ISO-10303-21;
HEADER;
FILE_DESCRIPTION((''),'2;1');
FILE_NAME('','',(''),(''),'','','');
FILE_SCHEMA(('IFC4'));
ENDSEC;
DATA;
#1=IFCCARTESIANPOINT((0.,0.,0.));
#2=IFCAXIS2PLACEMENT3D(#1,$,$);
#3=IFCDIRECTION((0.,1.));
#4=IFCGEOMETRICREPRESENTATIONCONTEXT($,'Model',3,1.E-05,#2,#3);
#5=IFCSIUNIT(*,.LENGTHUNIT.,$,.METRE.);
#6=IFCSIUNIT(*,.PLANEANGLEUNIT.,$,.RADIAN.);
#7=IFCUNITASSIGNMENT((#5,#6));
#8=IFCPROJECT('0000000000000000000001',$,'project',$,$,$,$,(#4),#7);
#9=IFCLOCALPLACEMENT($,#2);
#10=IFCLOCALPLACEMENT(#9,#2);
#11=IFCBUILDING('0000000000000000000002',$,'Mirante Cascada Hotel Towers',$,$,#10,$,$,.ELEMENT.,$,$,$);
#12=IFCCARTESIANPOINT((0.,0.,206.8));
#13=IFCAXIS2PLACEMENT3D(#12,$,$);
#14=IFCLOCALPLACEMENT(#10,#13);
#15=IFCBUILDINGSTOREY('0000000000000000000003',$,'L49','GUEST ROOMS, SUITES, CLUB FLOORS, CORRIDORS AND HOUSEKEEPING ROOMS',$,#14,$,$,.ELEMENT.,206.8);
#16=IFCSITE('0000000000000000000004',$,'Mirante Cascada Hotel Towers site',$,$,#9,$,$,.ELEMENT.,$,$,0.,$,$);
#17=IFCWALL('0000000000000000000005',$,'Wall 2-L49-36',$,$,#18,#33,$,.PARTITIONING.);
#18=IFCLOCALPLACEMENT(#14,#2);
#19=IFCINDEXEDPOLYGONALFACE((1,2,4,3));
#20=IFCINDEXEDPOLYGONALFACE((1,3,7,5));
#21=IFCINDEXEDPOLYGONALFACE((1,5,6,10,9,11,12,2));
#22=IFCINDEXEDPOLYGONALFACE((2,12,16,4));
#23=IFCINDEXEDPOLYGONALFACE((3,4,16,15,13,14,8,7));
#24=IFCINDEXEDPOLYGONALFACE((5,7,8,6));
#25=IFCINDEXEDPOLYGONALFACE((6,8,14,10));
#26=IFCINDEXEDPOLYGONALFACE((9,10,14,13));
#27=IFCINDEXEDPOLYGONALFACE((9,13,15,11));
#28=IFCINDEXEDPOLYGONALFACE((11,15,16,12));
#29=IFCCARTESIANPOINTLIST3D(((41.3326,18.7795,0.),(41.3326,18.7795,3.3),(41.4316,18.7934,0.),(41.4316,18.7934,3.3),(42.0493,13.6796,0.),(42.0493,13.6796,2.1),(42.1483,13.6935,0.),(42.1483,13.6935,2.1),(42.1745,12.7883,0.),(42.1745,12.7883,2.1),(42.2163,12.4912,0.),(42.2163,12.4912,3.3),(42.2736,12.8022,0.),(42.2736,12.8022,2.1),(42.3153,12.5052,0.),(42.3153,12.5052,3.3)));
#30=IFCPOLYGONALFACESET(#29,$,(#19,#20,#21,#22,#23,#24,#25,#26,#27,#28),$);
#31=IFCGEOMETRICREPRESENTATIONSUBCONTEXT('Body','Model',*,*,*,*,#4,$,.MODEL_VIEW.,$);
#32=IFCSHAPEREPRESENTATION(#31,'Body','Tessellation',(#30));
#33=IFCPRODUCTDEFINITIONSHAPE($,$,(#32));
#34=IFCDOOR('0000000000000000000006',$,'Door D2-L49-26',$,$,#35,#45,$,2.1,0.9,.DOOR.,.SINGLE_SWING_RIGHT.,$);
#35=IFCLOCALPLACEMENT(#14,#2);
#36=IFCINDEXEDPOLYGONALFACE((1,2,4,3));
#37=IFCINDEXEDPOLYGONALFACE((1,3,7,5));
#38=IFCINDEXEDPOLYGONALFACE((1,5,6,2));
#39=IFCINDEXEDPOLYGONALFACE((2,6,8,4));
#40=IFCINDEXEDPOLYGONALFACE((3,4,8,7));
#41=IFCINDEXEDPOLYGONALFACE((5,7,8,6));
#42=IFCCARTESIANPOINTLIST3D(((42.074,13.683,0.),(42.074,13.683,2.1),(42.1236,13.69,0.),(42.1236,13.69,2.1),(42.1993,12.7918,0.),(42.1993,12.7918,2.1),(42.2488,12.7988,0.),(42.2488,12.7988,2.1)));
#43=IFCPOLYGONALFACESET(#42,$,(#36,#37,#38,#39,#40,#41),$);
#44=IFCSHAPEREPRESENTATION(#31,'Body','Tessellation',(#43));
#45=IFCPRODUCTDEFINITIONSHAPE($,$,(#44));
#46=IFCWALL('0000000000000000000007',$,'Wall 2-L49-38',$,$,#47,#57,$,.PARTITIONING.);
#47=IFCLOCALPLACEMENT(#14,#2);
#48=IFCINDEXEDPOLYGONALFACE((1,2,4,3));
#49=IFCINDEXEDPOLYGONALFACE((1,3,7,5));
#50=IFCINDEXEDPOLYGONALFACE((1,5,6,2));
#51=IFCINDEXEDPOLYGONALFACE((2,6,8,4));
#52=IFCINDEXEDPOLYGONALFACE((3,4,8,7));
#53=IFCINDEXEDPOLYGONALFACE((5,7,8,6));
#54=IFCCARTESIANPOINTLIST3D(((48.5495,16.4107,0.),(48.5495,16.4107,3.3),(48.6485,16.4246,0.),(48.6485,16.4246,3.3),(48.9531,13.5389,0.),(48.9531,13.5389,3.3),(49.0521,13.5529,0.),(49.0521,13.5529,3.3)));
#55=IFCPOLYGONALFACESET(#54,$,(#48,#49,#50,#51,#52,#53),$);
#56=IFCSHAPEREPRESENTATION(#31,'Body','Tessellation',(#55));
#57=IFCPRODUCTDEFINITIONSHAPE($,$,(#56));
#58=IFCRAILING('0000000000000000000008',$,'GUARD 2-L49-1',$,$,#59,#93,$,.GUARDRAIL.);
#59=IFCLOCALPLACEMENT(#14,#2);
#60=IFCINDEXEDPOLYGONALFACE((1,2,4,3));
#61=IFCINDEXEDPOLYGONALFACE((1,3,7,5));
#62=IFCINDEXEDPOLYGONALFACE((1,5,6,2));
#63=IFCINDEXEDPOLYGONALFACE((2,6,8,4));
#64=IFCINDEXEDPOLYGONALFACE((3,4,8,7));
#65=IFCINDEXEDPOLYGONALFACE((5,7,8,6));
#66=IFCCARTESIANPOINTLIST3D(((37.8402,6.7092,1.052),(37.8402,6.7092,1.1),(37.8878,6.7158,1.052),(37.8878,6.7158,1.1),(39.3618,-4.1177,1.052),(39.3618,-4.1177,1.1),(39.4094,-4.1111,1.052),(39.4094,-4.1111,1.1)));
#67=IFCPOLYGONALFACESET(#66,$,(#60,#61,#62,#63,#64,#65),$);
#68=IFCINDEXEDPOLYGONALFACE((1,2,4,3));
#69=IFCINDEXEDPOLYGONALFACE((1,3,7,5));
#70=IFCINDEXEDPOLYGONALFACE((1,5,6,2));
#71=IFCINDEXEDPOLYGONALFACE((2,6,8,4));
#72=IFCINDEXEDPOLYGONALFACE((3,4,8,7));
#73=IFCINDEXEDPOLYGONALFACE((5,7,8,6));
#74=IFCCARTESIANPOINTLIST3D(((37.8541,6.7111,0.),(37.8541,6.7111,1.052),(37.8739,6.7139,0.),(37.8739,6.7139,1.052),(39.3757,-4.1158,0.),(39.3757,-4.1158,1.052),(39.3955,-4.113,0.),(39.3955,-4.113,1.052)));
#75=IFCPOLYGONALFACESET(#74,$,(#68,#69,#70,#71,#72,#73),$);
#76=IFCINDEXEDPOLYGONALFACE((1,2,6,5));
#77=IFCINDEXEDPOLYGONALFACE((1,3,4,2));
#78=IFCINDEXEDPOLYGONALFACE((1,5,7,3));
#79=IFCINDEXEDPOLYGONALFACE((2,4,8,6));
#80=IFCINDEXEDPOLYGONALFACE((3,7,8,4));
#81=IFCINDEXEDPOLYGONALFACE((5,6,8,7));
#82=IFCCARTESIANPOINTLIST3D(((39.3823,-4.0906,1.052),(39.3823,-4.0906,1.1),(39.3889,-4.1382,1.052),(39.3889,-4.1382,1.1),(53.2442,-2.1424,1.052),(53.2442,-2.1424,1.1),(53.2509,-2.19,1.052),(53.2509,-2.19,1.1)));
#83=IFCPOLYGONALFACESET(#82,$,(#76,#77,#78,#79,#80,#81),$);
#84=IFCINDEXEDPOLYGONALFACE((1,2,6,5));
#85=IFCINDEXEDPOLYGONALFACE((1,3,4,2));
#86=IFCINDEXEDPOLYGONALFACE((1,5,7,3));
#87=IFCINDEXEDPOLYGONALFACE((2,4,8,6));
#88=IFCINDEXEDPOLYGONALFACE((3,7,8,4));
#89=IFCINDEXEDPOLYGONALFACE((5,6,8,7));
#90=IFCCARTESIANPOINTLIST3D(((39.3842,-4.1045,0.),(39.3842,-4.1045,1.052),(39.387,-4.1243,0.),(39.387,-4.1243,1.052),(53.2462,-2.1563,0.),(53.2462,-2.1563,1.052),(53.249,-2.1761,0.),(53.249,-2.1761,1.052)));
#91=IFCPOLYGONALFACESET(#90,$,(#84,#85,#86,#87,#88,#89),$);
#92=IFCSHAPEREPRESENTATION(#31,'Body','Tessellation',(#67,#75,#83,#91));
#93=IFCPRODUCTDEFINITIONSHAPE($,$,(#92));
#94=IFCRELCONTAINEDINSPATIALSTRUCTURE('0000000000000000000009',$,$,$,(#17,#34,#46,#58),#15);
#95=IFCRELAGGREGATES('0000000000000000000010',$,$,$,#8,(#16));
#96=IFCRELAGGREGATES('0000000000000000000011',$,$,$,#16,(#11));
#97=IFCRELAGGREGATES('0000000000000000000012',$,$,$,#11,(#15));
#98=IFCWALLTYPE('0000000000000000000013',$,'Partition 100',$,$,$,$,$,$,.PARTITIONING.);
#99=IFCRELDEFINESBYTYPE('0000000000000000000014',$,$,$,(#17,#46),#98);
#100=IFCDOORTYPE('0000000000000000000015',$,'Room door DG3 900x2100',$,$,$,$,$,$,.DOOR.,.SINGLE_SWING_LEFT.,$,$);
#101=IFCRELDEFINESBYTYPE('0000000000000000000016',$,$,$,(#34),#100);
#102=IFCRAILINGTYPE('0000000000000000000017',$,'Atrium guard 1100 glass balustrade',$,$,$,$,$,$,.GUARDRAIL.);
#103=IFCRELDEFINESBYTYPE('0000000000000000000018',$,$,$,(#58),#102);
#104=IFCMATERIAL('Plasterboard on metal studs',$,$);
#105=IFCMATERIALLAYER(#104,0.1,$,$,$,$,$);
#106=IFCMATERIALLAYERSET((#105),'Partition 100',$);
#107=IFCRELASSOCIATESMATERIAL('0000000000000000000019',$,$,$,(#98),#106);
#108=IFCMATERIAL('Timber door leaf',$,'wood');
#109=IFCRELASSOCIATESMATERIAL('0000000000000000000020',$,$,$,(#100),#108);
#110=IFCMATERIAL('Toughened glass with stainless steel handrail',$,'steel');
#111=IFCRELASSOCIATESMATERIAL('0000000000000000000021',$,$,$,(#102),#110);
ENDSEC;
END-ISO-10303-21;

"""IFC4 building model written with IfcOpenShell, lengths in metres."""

from ifc_helpers import new_model, si_unit, direction, frame, frame_2d, origin, origin_2d, place, context, subcontext, project, spatial, rectangle, extrude, material, layer, layer_set, type_object, element, fill, save


model = new_model("IFC4")

# Units and contexts
model_context = context("Model", 3, precision=1e-05, world=origin(), true_north=direction((0.0, 1.0)))
body_context = subcontext(model_context, "Body", "Model", "MODEL_VIEW")
ifc_project = project(units=[si_unit("LENGTHUNIT", "METRE"), si_unit("PLANEANGLEUNIT", "RADIAN")], contexts=[model_context])

# Site, building, storey
site_placement = place(None, origin())
site = spatial("IfcSite", under=ifc_project, at=site_placement, Name="Mirante Cascada Hotel Towers site", CompositionType="ELEMENT", RefElevation=0.0)
building_placement = place(site_placement, origin())
building = spatial("IfcBuilding", under=site, at=building_placement, Name="Mirante Cascada Hotel Towers", CompositionType="ELEMENT")
storey_placement = place(building_placement, frame((0.0, 0.0, 206.8)))
storey = spatial("IfcBuildingStorey", under=building, at=storey_placement, Name="L49", Description="GUEST ROOMS, SUITES, CLUB FLOORS, CORRIDORS AND HOUSEKEEPING ROOMS", CompositionType="ELEMENT", Elevation=206.8)

# Shared definitions
ifc_material_1 = material(Name="Plasterboard on metal studs")
ifc_layer_1 = layer(ifc_material_1, 0.1)
ifc_layer_set_1 = layer_set([ifc_layer_1], Name="Partition 100")
wall_type_1 = type_object("IfcWallType", Name="Partition 100", PredefinedType="PARTITIONING", material=ifc_layer_set_1)

# Shared definitions
ifc_material_2 = material(Name="Timber door leaf", Category="wood")
door_type_1 = type_object("IfcDoorType", Name="Room door DG3 900x2100", OperationType="SINGLE_SWING_LEFT", PredefinedType="DOOR", material=ifc_material_2)

# Wall, opening, door
wall_1_placement = place(storey_placement, frame((42.2658, 12.4982, 0.0), z_axis=(0.0, 0.0, 1.0), x_axis=(-0.139166, 0.990269, 0.0)))
wall_1 = element("IfcWall", 1, at=wall_1_placement, inside=storey, type_object=wall_type_1, Name="Wall 2-L49-36", PredefinedType="PARTITIONING", context=body_context, shape_type="SweptSolid", body=[
    extrude(rectangle(XDim=6.35, YDim=0.1, at=frame_2d((3.175, 0.0))), origin(), (0.0, 0.0, 1.0), 3.3),
])
opening_1_placement = place(wall_1_placement, frame((0.3, 0.0, 0.0)))
opening_1 = element("IfcOpeningElement", 2, at=opening_1_placement, cuts=wall_1, PredefinedType="OPENING", context=body_context, shape_type="SweptSolid", body=[
    extrude(rectangle(XDim=0.9, YDim=2.1, at=frame_2d((0.45, 1.05))), frame((0.0, 0.05, 0.0), z_axis=(0.0, -1.0, 0.0), x_axis=(1.0, 0.0, 0.0)), (0.0, 0.0, 1.0), 0.1),
])
door_1_placement = place(opening_1_placement, frame((0.9, 0.0, 0.0), z_axis=(0.0, 0.0, 1.0), x_axis=(-1.0, 0.0, 0.0)))
door_1 = element("IfcDoor", 3, at=door_1_placement, inside=storey, type_object=door_type_1, Name="Door D2-L49-26", OperationType="SINGLE_SWING_RIGHT", OverallHeight=2.1, OverallWidth=0.9, PredefinedType="DOOR", context=body_context, shape_type="SweptSolid", body=[
    extrude(rectangle(XDim=0.9, YDim=2.1, at=frame_2d((0.45, 1.05))), frame((0.0, 0.025, 0.0), z_axis=(0.0, -1.0, 0.0), x_axis=(1.0, 0.0, 0.0)), (0.0, 0.0, 1.0), 0.05),
])
fill(opening_1, door_1)

# Wall
wall_2_placement = place(storey_placement, frame((49.0026, 13.5459, 0.0), z_axis=(0.0, 0.0, 1.0), x_axis=(-0.139171, 0.990268, 0.0)))
element("IfcWall", 4, at=wall_2_placement, inside=storey, type_object=wall_type_1, Name="Wall 2-L49-38", PredefinedType="PARTITIONING", context=body_context, shape_type="SweptSolid", body=[
    extrude(rectangle(XDim=2.9, YDim=0.1, at=frame_2d((1.45, 0.0))), origin(), (0.0, 0.0, 1.0), 3.3),
])

# Railing
ifc_material_3 = material(Name="Toughened glass with stainless steel handrail", Category="steel")
railing_type = type_object("IfcRailingType", Name="Atrium guard 1100 glass balustrade", PredefinedType="GUARDRAIL", material=ifc_material_3)
railing_placement = place(storey_placement, frame((37.864, 6.7125, 0.0)))
element("IfcRailing", 5, at=railing_placement, inside=storey, type_object=railing_type, Name="GUARD 2-L49-1", PredefinedType="GUARDRAIL", context=body_context, shape_type="SweptSolid", body=[
    extrude(rectangle(XDim=0.048, YDim=0.048, at=origin_2d()), frame((0.0, 0.0, 1.076), z_axis=(0.139171, -0.990268, 0.0), x_axis=(0.990268, 0.139171, 0.0)), (0.0, 0.0, 1.0), 10.9333),
    extrude(rectangle(XDim=0.02, YDim=1.052, at=origin_2d()), frame((0.0, 0.0, 0.526), z_axis=(0.139171, -0.990268, 0.0), x_axis=(0.990268, 0.139171, 0.0)), (0.0, 0.0, 1.0), 10.9333),
    extrude(rectangle(XDim=0.048, YDim=0.048, at=origin_2d()), frame((1.5216, -10.8269, 1.076), z_axis=(0.990268, 0.139175, 0.0), x_axis=(-0.139175, 0.990268, 0.0)), (0.0, 0.0, 1.0), 13.9982),
    extrude(rectangle(XDim=0.02, YDim=1.052, at=origin_2d()), frame((1.5216, -10.8269, 0.526), z_axis=(0.990268, 0.139175, 0.0), x_axis=(-0.139175, 0.990268, 0.0)), (0.0, 0.0, 1.0), 13.9982),
])

save(model, "model.ifc")
